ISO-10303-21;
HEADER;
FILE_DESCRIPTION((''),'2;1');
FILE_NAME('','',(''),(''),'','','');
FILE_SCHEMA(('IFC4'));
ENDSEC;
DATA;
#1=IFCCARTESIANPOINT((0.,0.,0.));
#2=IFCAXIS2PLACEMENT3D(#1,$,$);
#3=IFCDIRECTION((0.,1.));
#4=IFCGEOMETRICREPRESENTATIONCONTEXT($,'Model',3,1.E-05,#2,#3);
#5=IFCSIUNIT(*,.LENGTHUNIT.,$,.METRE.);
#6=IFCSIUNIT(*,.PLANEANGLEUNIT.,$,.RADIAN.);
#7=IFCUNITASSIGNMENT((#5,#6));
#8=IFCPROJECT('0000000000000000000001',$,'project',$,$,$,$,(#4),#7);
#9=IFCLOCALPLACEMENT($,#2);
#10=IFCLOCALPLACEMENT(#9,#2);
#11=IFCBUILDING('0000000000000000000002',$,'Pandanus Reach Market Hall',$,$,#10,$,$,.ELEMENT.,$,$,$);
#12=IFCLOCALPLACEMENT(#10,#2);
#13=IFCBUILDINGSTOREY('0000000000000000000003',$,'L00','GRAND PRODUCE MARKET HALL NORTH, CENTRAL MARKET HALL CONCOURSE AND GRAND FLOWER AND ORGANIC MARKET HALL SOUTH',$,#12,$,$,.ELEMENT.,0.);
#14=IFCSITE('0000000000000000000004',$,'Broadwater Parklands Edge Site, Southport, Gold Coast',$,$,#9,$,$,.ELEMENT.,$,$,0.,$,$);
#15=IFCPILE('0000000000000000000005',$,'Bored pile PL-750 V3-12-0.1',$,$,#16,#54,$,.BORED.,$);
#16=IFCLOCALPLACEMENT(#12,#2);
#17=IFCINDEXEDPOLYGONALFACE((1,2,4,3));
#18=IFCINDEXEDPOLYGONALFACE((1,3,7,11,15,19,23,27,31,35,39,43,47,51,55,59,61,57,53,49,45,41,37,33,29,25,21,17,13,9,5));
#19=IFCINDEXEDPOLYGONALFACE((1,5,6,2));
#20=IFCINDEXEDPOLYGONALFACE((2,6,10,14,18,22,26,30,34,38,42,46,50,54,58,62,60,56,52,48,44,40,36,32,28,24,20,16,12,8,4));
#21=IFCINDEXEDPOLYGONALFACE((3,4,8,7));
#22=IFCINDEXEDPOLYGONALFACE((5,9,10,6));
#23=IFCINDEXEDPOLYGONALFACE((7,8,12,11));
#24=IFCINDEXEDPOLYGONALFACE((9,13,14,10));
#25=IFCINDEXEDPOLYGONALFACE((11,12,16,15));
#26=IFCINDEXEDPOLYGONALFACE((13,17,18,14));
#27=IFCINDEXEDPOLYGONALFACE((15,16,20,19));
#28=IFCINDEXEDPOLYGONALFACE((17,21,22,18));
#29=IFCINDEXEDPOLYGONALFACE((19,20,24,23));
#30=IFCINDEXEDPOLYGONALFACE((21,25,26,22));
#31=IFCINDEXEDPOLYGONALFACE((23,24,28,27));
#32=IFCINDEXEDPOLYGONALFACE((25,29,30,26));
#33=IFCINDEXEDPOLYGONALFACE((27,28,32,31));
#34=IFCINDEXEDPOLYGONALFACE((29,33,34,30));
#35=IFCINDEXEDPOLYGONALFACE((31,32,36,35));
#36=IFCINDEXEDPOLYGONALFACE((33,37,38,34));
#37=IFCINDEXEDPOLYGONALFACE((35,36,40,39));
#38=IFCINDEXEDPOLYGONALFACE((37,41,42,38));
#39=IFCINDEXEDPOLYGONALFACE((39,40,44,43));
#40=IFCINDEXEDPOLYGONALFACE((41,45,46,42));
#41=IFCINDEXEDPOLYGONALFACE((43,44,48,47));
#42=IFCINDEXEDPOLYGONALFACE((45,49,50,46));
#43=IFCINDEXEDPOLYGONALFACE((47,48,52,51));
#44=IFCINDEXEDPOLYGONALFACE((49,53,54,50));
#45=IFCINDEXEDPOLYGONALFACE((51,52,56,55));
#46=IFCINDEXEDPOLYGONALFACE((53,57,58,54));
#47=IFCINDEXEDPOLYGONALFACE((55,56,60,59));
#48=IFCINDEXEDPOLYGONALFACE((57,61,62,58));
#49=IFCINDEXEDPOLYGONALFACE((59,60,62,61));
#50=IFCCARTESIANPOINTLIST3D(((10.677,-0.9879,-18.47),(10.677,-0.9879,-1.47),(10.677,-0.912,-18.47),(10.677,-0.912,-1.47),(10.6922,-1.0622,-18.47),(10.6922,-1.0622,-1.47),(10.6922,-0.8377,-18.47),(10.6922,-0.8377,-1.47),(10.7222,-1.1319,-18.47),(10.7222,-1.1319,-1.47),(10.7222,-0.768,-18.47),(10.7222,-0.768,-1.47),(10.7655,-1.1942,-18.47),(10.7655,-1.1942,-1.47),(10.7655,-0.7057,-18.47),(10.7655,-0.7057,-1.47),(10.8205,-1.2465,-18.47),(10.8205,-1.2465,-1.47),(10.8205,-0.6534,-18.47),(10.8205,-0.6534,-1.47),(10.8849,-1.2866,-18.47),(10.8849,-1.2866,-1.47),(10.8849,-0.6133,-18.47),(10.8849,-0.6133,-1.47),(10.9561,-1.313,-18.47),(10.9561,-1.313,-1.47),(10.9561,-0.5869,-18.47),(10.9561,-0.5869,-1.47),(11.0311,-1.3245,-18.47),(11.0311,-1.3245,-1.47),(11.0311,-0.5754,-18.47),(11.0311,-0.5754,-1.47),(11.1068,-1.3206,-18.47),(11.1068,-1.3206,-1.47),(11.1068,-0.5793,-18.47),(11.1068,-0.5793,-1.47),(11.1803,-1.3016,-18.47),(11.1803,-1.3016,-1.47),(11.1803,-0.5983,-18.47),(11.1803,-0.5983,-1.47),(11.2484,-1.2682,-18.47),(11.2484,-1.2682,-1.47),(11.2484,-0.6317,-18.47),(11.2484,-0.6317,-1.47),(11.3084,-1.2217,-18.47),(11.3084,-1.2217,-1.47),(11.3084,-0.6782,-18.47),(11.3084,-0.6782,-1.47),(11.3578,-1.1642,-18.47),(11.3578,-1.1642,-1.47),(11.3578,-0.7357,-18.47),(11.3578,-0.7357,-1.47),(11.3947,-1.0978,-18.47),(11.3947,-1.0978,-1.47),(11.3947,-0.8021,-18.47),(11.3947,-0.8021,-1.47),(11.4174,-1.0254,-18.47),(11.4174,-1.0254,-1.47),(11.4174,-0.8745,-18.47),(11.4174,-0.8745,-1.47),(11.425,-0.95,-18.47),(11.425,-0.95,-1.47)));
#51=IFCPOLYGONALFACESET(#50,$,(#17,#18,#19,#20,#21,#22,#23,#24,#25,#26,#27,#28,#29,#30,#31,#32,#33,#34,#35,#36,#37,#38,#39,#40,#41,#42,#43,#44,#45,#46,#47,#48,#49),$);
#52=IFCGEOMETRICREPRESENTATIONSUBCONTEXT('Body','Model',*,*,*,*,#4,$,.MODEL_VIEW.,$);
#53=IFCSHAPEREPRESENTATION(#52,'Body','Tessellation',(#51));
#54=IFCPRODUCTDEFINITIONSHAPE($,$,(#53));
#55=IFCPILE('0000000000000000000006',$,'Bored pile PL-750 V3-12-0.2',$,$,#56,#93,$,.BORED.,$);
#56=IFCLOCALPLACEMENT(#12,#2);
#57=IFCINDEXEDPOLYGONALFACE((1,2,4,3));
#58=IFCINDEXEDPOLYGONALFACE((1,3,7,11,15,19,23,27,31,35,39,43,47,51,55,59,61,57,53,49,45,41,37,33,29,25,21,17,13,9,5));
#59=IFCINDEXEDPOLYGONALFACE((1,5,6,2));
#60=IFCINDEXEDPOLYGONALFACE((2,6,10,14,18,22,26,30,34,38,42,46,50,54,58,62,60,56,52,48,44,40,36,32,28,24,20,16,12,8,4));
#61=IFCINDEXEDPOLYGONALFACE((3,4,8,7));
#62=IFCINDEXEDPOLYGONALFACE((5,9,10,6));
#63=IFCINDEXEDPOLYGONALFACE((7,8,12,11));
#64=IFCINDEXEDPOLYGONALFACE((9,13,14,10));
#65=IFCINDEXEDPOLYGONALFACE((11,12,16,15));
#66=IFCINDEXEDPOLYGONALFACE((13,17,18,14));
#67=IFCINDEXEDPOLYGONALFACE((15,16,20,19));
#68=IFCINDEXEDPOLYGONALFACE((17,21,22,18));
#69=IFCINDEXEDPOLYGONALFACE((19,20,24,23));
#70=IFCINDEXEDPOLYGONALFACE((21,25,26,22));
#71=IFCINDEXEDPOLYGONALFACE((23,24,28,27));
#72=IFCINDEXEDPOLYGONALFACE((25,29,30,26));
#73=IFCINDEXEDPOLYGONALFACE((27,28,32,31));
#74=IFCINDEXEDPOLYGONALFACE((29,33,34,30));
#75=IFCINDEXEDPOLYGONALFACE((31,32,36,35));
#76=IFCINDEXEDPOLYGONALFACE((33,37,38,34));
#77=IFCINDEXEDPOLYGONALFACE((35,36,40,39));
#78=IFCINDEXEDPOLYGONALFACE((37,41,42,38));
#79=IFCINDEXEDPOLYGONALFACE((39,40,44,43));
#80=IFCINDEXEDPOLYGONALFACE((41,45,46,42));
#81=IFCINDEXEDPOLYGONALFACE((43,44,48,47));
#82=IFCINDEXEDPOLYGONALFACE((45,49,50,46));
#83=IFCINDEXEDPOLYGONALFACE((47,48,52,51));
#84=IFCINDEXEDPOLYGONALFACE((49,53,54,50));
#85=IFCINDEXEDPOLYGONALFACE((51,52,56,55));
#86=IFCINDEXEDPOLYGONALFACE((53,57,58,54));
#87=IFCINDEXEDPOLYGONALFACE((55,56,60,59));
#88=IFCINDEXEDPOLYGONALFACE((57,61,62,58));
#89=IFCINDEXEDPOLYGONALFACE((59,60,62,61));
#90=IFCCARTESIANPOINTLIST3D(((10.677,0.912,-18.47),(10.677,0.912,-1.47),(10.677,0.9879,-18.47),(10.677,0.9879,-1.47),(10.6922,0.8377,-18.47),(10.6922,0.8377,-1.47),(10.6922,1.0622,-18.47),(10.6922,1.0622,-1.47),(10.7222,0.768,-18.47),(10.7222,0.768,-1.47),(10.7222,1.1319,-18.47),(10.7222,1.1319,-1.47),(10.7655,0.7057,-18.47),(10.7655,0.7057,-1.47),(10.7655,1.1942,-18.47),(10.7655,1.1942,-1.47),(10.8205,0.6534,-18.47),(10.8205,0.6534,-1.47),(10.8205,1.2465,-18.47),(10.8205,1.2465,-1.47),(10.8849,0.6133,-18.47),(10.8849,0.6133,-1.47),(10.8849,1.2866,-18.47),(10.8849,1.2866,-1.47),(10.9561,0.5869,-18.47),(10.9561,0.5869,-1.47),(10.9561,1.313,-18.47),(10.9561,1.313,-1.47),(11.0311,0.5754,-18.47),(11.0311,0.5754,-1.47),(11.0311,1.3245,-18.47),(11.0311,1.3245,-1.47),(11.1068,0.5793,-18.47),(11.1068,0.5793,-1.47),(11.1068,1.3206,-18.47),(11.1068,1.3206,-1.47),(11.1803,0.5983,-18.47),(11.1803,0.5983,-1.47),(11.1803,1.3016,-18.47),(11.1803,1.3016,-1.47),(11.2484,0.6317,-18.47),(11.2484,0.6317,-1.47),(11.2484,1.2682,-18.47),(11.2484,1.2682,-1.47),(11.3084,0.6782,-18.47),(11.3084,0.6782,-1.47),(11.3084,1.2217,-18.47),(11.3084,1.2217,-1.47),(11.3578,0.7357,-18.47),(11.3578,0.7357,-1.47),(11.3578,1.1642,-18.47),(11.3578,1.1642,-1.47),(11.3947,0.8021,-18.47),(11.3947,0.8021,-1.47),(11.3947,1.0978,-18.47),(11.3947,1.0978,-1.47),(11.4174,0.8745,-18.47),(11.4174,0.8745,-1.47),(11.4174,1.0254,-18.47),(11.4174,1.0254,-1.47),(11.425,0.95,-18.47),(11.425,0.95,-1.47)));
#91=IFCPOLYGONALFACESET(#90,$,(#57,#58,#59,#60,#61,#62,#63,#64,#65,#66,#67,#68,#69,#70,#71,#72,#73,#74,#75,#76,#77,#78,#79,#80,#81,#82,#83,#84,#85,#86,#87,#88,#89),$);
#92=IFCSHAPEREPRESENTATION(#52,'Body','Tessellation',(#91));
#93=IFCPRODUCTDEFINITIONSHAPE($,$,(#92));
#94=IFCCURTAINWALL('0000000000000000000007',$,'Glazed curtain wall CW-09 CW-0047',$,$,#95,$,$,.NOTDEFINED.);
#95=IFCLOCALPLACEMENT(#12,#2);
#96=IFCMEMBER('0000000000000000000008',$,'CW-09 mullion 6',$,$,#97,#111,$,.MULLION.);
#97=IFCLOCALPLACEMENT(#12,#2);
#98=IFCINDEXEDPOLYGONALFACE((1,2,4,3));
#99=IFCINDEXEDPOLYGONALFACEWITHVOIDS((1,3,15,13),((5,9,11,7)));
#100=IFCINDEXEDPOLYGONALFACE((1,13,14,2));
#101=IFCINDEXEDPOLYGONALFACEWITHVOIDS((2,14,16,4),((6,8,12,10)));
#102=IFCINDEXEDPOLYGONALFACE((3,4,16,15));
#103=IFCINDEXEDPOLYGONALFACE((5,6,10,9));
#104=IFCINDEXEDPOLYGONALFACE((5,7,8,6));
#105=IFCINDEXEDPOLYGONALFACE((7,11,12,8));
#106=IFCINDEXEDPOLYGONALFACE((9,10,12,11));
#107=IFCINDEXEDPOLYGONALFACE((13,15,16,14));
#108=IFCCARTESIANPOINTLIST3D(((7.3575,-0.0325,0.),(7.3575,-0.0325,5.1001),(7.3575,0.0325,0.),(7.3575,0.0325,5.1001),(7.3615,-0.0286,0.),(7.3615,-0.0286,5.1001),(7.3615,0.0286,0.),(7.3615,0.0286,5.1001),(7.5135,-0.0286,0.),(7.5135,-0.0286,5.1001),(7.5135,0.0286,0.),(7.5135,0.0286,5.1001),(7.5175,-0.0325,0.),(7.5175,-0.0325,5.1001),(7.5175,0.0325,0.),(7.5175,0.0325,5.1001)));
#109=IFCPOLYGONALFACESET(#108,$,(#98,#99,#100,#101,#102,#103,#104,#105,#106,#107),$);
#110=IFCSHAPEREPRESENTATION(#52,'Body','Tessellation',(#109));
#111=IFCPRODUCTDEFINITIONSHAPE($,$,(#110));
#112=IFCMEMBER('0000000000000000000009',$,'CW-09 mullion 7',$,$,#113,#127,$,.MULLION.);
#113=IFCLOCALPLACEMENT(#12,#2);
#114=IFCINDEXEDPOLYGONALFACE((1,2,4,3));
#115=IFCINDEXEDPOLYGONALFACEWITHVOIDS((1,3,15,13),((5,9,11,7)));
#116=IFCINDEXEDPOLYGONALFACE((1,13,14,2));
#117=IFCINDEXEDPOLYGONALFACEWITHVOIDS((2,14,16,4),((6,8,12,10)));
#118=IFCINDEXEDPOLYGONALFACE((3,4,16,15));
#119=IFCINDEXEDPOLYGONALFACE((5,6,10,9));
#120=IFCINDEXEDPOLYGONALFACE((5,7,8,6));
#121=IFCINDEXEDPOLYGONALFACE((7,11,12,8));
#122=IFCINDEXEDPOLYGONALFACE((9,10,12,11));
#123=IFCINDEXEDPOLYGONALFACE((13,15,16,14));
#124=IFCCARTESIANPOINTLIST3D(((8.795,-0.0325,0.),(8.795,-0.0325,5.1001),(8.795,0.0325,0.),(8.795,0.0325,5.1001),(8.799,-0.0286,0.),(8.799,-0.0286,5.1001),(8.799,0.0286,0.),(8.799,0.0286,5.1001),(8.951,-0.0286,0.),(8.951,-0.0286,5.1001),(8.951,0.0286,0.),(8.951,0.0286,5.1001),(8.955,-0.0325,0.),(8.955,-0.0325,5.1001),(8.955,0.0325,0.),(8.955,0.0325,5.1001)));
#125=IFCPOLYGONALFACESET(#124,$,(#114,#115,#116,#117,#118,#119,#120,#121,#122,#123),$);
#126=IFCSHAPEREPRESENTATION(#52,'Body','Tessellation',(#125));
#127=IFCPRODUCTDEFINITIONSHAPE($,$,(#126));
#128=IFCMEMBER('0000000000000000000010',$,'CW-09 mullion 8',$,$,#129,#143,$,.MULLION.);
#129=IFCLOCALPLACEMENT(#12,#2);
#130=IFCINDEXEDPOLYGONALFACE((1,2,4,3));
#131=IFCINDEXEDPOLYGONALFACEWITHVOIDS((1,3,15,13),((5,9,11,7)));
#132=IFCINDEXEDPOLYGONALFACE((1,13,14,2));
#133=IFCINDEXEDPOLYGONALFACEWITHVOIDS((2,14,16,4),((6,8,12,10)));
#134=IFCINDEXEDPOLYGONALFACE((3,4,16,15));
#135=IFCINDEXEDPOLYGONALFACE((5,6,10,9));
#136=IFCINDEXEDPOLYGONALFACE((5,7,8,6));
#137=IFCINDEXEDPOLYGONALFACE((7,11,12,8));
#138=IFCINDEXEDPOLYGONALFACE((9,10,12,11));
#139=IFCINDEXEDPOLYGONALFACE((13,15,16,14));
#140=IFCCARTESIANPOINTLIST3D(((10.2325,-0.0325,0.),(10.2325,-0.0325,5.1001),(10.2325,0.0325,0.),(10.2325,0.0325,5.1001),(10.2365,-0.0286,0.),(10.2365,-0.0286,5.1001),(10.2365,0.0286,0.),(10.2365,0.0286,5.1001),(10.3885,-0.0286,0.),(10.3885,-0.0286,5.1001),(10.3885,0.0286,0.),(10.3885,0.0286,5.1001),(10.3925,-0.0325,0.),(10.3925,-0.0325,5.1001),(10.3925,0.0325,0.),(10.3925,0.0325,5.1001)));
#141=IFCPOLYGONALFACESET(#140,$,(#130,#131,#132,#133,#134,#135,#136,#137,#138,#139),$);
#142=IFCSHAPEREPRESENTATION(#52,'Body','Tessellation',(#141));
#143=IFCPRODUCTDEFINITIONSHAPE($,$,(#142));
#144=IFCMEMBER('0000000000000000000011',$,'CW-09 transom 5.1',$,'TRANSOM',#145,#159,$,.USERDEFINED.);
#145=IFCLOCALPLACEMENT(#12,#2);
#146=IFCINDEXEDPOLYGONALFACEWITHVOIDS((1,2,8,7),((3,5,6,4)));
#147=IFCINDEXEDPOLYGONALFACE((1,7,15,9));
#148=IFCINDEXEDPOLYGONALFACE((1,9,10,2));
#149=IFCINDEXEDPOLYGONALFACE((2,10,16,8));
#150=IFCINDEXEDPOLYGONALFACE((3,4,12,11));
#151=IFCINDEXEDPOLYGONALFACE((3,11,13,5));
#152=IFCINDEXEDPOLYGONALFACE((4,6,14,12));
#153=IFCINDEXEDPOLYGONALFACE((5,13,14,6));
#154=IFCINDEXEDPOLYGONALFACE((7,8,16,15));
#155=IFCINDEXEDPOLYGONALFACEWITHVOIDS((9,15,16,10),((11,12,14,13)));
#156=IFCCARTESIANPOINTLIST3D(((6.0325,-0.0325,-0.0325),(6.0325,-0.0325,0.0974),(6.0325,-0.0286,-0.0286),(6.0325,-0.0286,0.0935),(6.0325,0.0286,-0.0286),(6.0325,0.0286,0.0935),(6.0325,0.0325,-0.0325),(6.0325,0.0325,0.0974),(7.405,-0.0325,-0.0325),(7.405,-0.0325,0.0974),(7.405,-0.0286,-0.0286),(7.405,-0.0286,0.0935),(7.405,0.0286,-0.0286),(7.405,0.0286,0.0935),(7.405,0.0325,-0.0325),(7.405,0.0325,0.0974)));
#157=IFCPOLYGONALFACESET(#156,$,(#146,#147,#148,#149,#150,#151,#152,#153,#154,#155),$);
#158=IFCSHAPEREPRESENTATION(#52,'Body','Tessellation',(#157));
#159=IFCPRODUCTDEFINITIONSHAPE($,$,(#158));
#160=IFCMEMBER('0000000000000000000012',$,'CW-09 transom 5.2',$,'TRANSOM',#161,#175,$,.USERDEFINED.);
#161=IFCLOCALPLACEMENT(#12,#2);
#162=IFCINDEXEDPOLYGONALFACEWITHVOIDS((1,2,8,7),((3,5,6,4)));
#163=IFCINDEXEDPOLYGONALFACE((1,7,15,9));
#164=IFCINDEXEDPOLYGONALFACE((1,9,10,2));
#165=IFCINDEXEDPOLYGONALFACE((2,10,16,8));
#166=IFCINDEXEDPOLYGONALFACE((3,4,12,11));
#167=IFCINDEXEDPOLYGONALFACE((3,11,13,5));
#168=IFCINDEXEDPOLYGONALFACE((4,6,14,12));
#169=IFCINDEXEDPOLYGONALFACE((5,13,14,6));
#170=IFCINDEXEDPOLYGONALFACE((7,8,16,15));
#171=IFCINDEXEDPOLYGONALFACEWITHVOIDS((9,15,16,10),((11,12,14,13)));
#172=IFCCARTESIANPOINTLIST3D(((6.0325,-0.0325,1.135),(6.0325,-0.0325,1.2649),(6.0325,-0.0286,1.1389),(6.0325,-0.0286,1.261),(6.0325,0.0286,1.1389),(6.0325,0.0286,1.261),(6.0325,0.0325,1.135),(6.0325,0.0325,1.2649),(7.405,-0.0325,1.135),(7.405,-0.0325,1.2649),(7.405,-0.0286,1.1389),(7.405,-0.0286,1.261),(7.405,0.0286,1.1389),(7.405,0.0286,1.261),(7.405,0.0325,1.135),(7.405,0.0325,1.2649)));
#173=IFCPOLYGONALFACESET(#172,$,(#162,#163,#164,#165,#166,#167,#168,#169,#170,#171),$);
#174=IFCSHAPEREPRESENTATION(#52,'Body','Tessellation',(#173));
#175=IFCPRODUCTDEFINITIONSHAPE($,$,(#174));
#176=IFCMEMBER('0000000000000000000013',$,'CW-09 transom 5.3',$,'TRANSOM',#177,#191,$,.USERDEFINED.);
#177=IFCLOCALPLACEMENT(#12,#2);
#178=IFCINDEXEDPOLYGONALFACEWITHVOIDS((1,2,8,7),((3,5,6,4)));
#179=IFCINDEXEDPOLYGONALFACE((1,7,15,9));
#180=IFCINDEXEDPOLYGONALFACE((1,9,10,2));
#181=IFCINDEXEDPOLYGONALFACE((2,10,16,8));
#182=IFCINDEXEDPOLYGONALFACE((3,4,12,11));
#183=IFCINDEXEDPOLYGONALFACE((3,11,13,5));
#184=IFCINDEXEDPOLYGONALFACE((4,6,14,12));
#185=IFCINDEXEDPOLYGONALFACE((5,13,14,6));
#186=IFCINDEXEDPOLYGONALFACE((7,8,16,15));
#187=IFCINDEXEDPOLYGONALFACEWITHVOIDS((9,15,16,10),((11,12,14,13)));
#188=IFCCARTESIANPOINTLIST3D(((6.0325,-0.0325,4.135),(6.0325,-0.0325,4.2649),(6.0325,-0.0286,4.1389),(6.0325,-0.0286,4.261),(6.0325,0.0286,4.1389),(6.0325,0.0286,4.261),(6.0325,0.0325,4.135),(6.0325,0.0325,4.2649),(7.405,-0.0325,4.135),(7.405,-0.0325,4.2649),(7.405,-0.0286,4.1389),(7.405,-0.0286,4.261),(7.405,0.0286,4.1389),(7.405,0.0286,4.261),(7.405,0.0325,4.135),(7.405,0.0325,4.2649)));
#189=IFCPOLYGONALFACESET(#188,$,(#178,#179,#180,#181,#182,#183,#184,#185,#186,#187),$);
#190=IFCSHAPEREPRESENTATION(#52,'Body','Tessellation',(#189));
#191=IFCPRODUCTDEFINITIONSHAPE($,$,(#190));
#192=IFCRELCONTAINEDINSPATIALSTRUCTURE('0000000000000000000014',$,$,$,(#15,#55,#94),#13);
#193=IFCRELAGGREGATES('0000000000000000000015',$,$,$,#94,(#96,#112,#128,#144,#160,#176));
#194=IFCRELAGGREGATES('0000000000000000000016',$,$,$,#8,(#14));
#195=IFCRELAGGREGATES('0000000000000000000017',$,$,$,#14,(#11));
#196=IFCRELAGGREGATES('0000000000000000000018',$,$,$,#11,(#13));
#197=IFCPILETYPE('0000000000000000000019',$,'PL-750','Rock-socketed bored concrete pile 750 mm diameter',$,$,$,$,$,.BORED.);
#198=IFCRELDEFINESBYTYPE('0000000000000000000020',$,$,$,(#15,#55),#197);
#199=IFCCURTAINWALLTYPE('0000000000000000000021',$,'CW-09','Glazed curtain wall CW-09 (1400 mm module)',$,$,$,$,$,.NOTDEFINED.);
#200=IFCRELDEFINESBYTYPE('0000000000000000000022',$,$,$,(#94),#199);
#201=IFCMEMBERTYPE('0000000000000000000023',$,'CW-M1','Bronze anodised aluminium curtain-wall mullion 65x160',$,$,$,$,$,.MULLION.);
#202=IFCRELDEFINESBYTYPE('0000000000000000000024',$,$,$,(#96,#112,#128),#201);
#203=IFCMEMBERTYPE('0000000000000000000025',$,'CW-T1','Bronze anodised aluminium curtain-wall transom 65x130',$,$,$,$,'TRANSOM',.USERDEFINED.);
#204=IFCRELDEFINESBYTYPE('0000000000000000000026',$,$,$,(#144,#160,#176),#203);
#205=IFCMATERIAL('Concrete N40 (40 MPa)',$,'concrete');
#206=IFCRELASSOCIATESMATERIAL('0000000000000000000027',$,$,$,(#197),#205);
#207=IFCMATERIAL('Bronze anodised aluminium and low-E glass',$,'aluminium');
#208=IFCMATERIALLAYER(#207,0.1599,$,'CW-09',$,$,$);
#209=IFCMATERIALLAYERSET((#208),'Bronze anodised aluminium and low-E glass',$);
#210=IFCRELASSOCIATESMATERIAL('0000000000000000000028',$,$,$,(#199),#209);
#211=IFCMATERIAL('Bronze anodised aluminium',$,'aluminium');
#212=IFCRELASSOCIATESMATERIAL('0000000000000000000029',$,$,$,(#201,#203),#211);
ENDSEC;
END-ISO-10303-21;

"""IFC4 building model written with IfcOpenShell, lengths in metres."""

from ifc_helpers import new_model, si_unit, direction, frame, origin, origin_2d, place, context, subcontext, project, spatial, hollow_rectangle, circle, extrude, material, layer, layer_set, material_profile, profile_set, type_object, element, aggregate, save


model = new_model("IFC4")

# Units and contexts
model_context = context("Model", 3, precision=1e-05, world=origin(), true_north=direction((0.0, 1.0)))
body_context = subcontext(model_context, "Body", "Model", "MODEL_VIEW")
ifc_project = project(units=[si_unit("LENGTHUNIT", "METRE"), si_unit("PLANEANGLEUNIT", "RADIAN")], contexts=[model_context])

# Site, building, storey
site_placement = place(None, origin())
site = spatial("IfcSite", under=ifc_project, at=site_placement, Name="Broadwater Parklands Edge Site, Southport, Gold Coast", CompositionType="ELEMENT", RefElevation=0.0)
building_placement = place(site_placement, origin())
building = spatial("IfcBuilding", under=site, at=building_placement, Name="Pandanus Reach Market Hall", CompositionType="ELEMENT")
storey_placement = place(building_placement, origin())
storey = spatial("IfcBuildingStorey", under=building, at=storey_placement, Name="L00", Description="GRAND PRODUCE MARKET HALL NORTH, CENTRAL MARKET HALL CONCOURSE AND GRAND FLOWER AND ORGANIC MARKET HALL SOUTH", CompositionType="ELEMENT", Elevation=0.0)

# Piles
ifc_material_1 = material(Name="Concrete N40 (40 MPa)", Category="concrete")
ifc_material_profile_1 = material_profile(ifc_material_1, circle(Radius=0.375, at=origin_2d()), Name="PILE-750D", Category="LoadBearing")
ifc_profile_set_1 = profile_set([ifc_material_profile_1], Name="Concrete N40 (40 MPa)")
pile_type = type_object("IfcPileType", Name="PL-750", Description="Rock-socketed bored concrete pile 750 mm diameter", PredefinedType="BORED", material=ifc_profile_set_1)
for number, where, z_axis, x_axis, name in (
    (1, (11.05, -0.95, -1.47), (0.0, 0.0, -1.0), (1.0, 0.0, 0.0), "Bored pile PL-750 V3-12-0.1"),
    (2, (11.05, 0.95, -1.47), (0.0, 0.0, -1.0), (1.0, 0.0, 0.0), "Bored pile PL-750 V3-12-0.2"),
):
    element("IfcPile", number, at=place(storey_placement, frame(where, z_axis=z_axis, x_axis=x_axis)), inside=storey, type_object=pile_type, Name=name, PredefinedType="BORED", context=body_context, shape_type="SweptSolid", body=[
        extrude(circle(Radius=0.375, at=origin_2d()), origin(), (0.0, 0.0, 1.0), 17.0),
    ])

# Curtain wall, members
ifc_material_2 = material(Name="Bronze anodised aluminium and low-E glass", Category="aluminium")
ifc_layer_1 = layer(ifc_material_2, 0.1599, Name="CW-09")
ifc_layer_set_1 = layer_set([ifc_layer_1], Name="Bronze anodised aluminium and low-E glass")
curtain_wall_type = type_object("IfcCurtainWallType", Name="CW-09", Description="Glazed curtain wall CW-09 (1400 mm module)", PredefinedType="NOTDEFINED", material=ifc_layer_set_1)
curtain_wall_placement = place(storey_placement, origin())
curtain_wall = element("IfcCurtainWall", 3, at=curtain_wall_placement, inside=storey, type_object=curtain_wall_type, Name="Glazed curtain wall CW-09 CW-0047", PredefinedType="NOTDEFINED")
ifc_material_3 = material(Name="Bronze anodised aluminium", Category="aluminium")
ifc_material_profile_2 = material_profile(ifc_material_3, hollow_rectangle(XDim=0.0649, YDim=0.1599, WallThickness=0.0039, at=origin_2d()), Name="ALU65x160", Category="LoadBearing")
ifc_profile_set_2 = profile_set([ifc_material_profile_2], Name="Bronze anodised aluminium")
member_type_1 = type_object("IfcMemberType", Name="CW-M1", Description="Bronze anodised aluminium curtain-wall mullion 65x160", PredefinedType="MULLION", material=ifc_profile_set_2)
member_1_placement = place(storey_placement, frame((7.4375, 0.0, 0.0), z_axis=(0.0, 0.0, 1.0), x_axis=(0.0, 1.0, 0.0)))
member_1 = element("IfcMember", 4, at=member_1_placement, type_object=member_type_1, Name="CW-09 mullion 6", PredefinedType="MULLION", context=body_context, shape_type="SweptSolid", body=[
    extrude(hollow_rectangle(XDim=0.0649, YDim=0.1599, WallThickness=0.0039, at=origin_2d()), origin(), (0.0, 0.0, 1.0), 5.1001),
])
member_2_placement = place(storey_placement, frame((8.875, 0.0, 0.0), z_axis=(0.0, 0.0, 1.0), x_axis=(0.0, 1.0, 0.0)))
member_2 = element("IfcMember", 5, at=member_2_placement, type_object=member_type_1, Name="CW-09 mullion 7", PredefinedType="MULLION", context=body_context, shape_type="SweptSolid", body=[
    extrude(hollow_rectangle(XDim=0.0649, YDim=0.1599, WallThickness=0.0039, at=origin_2d()), origin(), (0.0, 0.0, 1.0), 5.1001),
])
member_3_placement = place(storey_placement, frame((10.3125, 0.0, 0.0), z_axis=(0.0, 0.0, 1.0), x_axis=(0.0, 1.0, 0.0)))
member_3 = element("IfcMember", 6, at=member_3_placement, type_object=member_type_1, Name="CW-09 mullion 8", PredefinedType="MULLION", context=body_context, shape_type="SweptSolid", body=[
    extrude(hollow_rectangle(XDim=0.0649, YDim=0.1599, WallThickness=0.0039, at=origin_2d()), origin(), (0.0, 0.0, 1.0), 5.1001),
])
ifc_material_profile_3 = material_profile(ifc_material_3, hollow_rectangle(XDim=0.0649, YDim=0.1299, WallThickness=0.0039, at=origin_2d()), Name="ALU65x130", Category="LoadBearing")
ifc_profile_set_3 = profile_set([ifc_material_profile_3], Name="Bronze anodised aluminium")
member_type_2 = type_object("IfcMemberType", Name="CW-T1", Description="Bronze anodised aluminium curtain-wall transom 65x130", ElementType="TRANSOM", PredefinedType="USERDEFINED", material=ifc_profile_set_3)
member_4_placement = place(storey_placement, frame((6.0325, 0.0, 0.0325), z_axis=(1.0, 0.0, 0.0), x_axis=(0.0, 1.0, 0.0)))
member_4 = element("IfcMember", 7, at=member_4_placement, type_object=member_type_2, Name="CW-09 transom 5.1", ObjectType="TRANSOM", PredefinedType="USERDEFINED", context=body_context, shape_type="SweptSolid", body=[
    extrude(hollow_rectangle(XDim=0.0649, YDim=0.1299, WallThickness=0.0039, at=origin_2d()), origin(), (0.0, 0.0, 1.0), 1.3726),
])
member_5_placement = place(storey_placement, frame((6.0325, 0.0, 1.2), z_axis=(1.0, 0.0, 0.0), x_axis=(0.0, 1.0, 0.0)))
member_5 = element("IfcMember", 8, at=member_5_placement, type_object=member_type_2, Name="CW-09 transom 5.2", ObjectType="TRANSOM", PredefinedType="USERDEFINED", context=body_context, shape_type="SweptSolid", body=[
    extrude(hollow_rectangle(XDim=0.0649, YDim=0.1299, WallThickness=0.0039, at=origin_2d()), origin(), (0.0, 0.0, 1.0), 1.3726),
])
member_6_placement = place(storey_placement, frame((6.0325, 0.0, 4.2), z_axis=(1.0, 0.0, 0.0), x_axis=(0.0, 1.0, 0.0)))
member_6 = element("IfcMember", 9, at=member_6_placement, type_object=member_type_2, Name="CW-09 transom 5.3", ObjectType="TRANSOM", PredefinedType="USERDEFINED", context=body_context, shape_type="SweptSolid", body=[
    extrude(hollow_rectangle(XDim=0.0649, YDim=0.1299, WallThickness=0.0039, at=origin_2d()), origin(), (0.0, 0.0, 1.0), 1.3726),
])

aggregate(curtain_wall, [member_1, member_2, member_3, member_4, member_5, member_6])

save(model, "model.ifc")
